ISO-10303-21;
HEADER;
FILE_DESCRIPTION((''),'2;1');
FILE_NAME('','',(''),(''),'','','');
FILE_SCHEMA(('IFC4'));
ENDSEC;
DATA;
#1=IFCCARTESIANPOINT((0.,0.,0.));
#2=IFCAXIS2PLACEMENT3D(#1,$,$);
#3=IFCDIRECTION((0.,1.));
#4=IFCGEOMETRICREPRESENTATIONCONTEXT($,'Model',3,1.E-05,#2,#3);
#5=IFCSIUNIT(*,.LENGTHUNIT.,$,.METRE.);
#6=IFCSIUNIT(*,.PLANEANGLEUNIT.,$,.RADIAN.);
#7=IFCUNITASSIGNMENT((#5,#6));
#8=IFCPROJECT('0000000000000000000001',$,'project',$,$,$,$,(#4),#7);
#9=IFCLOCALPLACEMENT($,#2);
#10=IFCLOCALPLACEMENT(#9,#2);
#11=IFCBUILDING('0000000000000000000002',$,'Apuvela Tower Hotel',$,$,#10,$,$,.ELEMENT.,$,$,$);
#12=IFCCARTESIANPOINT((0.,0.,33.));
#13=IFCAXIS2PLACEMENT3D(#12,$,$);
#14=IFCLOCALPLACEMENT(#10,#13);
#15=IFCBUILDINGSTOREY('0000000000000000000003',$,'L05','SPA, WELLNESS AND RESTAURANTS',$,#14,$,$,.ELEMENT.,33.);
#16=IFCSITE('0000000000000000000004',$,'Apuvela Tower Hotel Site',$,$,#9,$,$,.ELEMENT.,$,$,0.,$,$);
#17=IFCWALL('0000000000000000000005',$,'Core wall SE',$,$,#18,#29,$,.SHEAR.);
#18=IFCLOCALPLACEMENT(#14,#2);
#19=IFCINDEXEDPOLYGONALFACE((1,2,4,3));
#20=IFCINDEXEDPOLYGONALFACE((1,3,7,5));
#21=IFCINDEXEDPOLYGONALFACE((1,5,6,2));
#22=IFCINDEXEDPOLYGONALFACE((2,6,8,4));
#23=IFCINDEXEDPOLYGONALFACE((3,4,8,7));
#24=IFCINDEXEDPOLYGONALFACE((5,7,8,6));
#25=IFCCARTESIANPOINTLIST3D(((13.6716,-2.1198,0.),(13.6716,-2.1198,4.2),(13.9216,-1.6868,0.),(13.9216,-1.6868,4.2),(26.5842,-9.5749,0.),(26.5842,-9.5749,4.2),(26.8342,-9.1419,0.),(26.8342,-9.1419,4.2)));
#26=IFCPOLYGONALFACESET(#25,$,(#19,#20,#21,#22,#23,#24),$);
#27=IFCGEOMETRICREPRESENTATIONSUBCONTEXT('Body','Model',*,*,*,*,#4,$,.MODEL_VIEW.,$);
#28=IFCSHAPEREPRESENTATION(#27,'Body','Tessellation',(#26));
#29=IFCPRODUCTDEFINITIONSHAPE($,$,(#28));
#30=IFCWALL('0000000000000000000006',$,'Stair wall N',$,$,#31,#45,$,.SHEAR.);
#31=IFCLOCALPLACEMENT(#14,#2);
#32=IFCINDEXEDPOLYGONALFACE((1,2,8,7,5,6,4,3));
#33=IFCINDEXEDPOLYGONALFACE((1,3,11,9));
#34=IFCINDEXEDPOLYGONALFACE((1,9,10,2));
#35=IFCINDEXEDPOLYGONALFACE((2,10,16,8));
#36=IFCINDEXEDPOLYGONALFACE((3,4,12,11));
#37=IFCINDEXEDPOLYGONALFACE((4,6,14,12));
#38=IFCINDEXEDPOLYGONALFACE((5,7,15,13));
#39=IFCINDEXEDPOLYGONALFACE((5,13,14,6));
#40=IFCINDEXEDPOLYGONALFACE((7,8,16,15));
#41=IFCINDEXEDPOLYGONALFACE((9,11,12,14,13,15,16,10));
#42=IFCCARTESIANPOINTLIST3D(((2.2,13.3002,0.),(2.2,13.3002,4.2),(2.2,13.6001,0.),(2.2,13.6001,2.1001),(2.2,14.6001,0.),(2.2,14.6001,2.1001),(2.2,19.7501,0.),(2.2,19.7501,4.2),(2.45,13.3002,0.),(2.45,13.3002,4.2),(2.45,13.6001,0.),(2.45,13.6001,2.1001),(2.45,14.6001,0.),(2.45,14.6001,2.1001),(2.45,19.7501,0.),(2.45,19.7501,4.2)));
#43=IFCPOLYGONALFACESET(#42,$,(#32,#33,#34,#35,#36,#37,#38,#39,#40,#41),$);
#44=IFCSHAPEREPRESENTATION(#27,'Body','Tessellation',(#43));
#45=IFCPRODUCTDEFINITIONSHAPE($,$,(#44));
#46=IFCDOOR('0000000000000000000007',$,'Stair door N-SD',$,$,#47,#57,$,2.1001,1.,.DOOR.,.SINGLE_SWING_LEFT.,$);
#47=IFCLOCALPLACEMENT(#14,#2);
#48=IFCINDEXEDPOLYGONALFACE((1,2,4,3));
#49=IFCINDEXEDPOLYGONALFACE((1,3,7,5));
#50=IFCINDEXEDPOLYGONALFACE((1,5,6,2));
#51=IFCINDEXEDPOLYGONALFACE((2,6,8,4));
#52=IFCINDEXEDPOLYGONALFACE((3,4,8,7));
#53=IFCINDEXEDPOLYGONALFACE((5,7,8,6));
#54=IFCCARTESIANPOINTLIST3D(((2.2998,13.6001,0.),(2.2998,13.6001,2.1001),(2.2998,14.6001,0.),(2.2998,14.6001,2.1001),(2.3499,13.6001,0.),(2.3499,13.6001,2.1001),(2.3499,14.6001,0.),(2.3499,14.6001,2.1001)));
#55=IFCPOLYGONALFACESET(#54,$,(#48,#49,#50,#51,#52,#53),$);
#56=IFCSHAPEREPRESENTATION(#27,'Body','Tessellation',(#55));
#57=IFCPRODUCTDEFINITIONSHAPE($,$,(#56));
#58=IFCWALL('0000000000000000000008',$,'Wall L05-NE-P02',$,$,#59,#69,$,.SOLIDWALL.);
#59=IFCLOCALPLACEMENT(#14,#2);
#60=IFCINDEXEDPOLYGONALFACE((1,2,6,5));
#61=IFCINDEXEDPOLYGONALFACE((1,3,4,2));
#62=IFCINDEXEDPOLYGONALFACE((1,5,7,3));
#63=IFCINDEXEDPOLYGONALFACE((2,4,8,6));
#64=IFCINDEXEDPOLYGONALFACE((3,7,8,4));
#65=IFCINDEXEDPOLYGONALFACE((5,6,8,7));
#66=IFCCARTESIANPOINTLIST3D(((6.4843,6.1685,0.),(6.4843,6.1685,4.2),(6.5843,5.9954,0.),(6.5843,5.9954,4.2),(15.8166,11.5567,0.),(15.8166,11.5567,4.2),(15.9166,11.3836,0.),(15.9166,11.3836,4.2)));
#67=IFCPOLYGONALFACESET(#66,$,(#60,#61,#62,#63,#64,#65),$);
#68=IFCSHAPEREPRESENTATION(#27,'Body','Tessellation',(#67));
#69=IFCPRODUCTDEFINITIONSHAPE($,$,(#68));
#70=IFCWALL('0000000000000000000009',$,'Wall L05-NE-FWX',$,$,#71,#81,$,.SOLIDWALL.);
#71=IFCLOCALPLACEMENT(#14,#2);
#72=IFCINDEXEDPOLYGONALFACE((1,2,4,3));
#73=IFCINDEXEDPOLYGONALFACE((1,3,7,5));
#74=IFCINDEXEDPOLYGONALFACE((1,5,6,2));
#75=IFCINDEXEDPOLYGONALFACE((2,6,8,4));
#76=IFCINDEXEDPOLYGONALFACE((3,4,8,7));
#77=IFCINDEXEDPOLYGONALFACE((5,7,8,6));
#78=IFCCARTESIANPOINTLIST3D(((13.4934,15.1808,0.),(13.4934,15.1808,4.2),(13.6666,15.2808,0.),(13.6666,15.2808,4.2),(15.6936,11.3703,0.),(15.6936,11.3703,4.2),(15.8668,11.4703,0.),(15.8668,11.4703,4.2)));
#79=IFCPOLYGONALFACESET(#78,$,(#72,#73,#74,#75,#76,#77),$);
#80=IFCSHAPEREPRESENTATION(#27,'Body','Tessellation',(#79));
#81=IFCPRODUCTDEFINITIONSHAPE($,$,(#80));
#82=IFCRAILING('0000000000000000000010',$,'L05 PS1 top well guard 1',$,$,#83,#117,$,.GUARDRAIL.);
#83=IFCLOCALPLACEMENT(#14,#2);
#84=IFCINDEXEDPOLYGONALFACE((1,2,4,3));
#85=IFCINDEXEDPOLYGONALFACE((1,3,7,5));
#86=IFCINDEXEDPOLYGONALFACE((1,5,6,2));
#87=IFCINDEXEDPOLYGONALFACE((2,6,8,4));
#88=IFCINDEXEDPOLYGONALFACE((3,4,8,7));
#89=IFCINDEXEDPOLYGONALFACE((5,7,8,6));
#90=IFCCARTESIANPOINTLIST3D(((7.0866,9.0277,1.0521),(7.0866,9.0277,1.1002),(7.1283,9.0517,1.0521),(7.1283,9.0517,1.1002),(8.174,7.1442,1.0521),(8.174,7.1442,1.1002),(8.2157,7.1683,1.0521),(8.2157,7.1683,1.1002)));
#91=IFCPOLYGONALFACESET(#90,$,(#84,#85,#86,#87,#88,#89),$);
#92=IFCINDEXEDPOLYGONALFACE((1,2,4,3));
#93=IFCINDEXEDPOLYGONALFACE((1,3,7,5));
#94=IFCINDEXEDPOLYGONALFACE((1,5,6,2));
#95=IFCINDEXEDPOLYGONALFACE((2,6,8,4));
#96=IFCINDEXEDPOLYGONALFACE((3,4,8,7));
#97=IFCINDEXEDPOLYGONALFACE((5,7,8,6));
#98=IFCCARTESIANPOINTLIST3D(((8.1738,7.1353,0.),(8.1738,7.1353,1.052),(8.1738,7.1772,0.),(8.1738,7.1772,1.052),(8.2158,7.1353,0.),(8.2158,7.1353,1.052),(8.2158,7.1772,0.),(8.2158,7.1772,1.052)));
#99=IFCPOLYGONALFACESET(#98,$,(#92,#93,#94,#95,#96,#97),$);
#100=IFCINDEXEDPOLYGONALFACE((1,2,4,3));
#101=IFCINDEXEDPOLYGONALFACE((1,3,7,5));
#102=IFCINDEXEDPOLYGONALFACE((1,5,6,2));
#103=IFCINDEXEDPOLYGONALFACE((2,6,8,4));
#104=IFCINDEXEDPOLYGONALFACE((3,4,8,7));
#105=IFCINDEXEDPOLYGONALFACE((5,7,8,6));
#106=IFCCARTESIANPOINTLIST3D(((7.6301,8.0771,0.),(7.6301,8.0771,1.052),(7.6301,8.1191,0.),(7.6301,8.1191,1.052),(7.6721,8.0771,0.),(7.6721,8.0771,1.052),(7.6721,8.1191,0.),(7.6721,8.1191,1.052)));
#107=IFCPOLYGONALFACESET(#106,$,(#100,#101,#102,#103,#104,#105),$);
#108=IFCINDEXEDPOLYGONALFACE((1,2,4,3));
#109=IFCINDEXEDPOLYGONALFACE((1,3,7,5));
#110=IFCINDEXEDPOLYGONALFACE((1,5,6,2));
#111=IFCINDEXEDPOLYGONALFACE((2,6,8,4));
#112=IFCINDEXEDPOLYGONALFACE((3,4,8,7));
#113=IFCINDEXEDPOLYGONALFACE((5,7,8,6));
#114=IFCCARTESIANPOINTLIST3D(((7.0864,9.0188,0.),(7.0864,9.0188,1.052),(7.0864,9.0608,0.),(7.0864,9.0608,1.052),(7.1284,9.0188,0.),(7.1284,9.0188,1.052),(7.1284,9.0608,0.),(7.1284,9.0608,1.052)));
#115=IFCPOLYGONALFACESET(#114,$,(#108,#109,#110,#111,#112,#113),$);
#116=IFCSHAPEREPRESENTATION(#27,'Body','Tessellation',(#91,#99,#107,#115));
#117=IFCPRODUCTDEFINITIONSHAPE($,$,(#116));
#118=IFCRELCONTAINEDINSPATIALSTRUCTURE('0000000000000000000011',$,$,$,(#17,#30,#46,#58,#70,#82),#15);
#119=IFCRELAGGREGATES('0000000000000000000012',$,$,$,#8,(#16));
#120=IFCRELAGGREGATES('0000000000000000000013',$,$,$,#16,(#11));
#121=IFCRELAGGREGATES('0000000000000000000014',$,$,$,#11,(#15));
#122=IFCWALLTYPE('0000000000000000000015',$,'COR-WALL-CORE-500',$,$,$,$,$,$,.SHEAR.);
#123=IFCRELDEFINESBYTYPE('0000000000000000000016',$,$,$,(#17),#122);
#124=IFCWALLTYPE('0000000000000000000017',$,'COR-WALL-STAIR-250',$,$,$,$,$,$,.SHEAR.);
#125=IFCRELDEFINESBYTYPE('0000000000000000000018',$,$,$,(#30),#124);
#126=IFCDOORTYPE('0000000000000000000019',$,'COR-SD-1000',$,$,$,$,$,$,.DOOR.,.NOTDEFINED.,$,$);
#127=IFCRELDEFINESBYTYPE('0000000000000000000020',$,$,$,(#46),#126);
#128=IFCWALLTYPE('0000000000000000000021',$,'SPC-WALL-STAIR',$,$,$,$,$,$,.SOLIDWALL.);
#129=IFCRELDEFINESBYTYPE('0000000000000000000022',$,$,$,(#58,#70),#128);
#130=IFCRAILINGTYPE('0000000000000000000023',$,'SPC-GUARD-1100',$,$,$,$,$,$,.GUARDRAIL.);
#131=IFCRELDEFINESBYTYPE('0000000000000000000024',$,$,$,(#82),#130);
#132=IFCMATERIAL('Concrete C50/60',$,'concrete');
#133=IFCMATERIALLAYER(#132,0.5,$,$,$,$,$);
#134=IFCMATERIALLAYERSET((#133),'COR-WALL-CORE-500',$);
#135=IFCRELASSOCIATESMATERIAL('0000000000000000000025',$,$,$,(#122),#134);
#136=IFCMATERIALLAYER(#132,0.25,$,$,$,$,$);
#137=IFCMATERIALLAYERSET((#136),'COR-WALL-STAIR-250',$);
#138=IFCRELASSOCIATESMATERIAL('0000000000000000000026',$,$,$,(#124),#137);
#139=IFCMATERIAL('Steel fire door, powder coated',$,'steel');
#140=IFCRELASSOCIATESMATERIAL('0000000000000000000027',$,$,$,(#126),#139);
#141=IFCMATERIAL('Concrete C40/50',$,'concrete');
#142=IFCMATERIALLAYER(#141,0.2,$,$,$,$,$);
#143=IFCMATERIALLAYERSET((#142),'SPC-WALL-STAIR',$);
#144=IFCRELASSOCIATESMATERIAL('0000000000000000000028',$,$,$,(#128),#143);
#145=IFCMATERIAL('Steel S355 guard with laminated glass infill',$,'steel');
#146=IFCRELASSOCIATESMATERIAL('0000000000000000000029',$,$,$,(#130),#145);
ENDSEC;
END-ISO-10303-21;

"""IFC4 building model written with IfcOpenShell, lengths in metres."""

from ifc_helpers import new_model, si_unit, direction, frame, frame_2d, origin, origin_2d, place, context, subcontext, project, spatial, rectangle, extrude, material, layer, layer_set, type_object, element, fill, save


model = new_model("IFC4")

# Units and contexts
model_context = context("Model", 3, precision=1e-05, world=origin(), true_north=direction((0.0, 1.0)))
body_context = subcontext(model_context, "Body", "Model", "MODEL_VIEW")
ifc_project = project(units=[si_unit("LENGTHUNIT", "METRE"), si_unit("PLANEANGLEUNIT", "RADIAN")], contexts=[model_context])

# Site, building, storey
site_placement = place(None, origin())
site = spatial("IfcSite", under=ifc_project, at=site_placement, Name="Apuvela Tower Hotel Site", CompositionType="ELEMENT", RefElevation=0.0)
building_placement = place(site_placement, origin())
building = spatial("IfcBuilding", under=site, at=building_placement, Name="Apuvela Tower Hotel", CompositionType="ELEMENT")
storey_placement = place(building_placement, frame((0.0, 0.0, 33.0)))
storey = spatial("IfcBuildingStorey", under=building, at=storey_placement, Name="L05", Description="SPA, WELLNESS AND RESTAURANTS", CompositionType="ELEMENT", Elevation=33.0)

# Shared definitions
ifc_material_1 = material(Name="Concrete C50/60", Category="concrete")

# Shared definitions
ifc_material_2 = material(Name="Steel fire door, powder coated", Category="steel")

# Wall
ifc_layer_1 = layer(ifc_material_1, 0.5)
ifc_layer_set_1 = layer_set([ifc_layer_1], Name="COR-WALL-CORE-500")
wall_type_1 = type_object("IfcWallType", Name="COR-WALL-CORE-500", PredefinedType="SHEAR", material=ifc_layer_set_1)
wall_1_placement = place(storey_placement, frame((13.7966, -1.9033, 0.0), z_axis=(0.0, 0.0, 1.0), x_axis=(0.866026, -0.499999, 0.0)))
element("IfcWall", 1, at=wall_1_placement, inside=storey, type_object=wall_type_1, Name="Core wall SE", PredefinedType="SHEAR", context=body_context, shape_type="SweptSolid", body=[
    extrude(rectangle(XDim=14.9102, YDim=0.5, at=frame_2d((7.4551, 0.0))), origin(), (0.0, 0.0, 1.0), 4.2),
])

# Wall, opening, door
ifc_layer_2 = layer(ifc_material_1, 0.25)
ifc_layer_set_2 = layer_set([ifc_layer_2], Name="COR-WALL-STAIR-250")
wall_type_2 = type_object("IfcWallType", Name="COR-WALL-STAIR-250", PredefinedType="SHEAR", material=ifc_layer_set_2)
wall_2_placement = place(storey_placement, frame((2.325, 13.3, 0.0), z_axis=(0.0, 0.0, 1.0), x_axis=(0.0, 1.0, 0.0)))
wall_2 = element("IfcWall", 2, at=wall_2_placement, inside=storey, type_object=wall_type_2, Name="Stair wall N", PredefinedType="SHEAR", context=body_context, shape_type="SweptSolid", body=[
    extrude(rectangle(XDim=6.45, YDim=0.25, at=frame_2d((3.2251, 0.0))), origin(), (0.0, 0.0, 1.0), 4.2),
])
opening_1_placement = place(wall_2_placement, frame((0.3, 0.0, 0.0)))
opening_1 = element("IfcOpeningElement", 3, at=opening_1_placement, cuts=wall_2, PredefinedType="OPENING", context=body_context, shape_type="SweptSolid", body=[
    extrude(rectangle(XDim=1.0, YDim=2.1001, at=frame_2d((0.5, 1.05))), frame((0.0, 0.135, 0.0), z_axis=(0.0, -1.0, 0.0), x_axis=(1.0, 0.0, 0.0)), (0.0, 0.0, 1.0), 0.27),
])
door_type_1 = type_object("IfcDoorType", Name="COR-SD-1000", OperationType="NOTDEFINED", PredefinedType="DOOR", material=ifc_material_2)
door_1_placement = place(opening_1_placement, frame((1.0, 0.0, 0.0), z_axis=(0.0, 0.0, 1.0), x_axis=(-1.0, 0.0, 0.0)))
door_1 = element("IfcDoor", 4, at=door_1_placement, inside=storey, type_object=door_type_1, Name="Stair door N-SD", OperationType="SINGLE_SWING_LEFT", OverallHeight=2.1001, OverallWidth=1.0, PredefinedType="DOOR", context=body_context, shape_type="SweptSolid", body=[
    extrude(rectangle(XDim=1.0, YDim=2.1001, at=frame_2d((0.5, 1.05))), frame((0.0, 0.0249, 0.0), z_axis=(0.0, -1.0, 0.0), x_axis=(1.0, 0.0, 0.0)), (0.0, 0.0, 1.0), 0.05),
])
fill(opening_1, door_1)

# Walls
ifc_material_3 = material(Name="Concrete C40/50", Category="concrete")
ifc_layer_3 = layer(ifc_material_3, 0.2)
ifc_layer_set_3 = layer_set([ifc_layer_3], Name="SPC-WALL-STAIR")
wall_type_3 = type_object("IfcWallType", Name="SPC-WALL-STAIR", PredefinedType="SOLIDWALL", material=ifc_layer_set_3)
wall_3_placement = place(storey_placement, frame((15.8667, 11.4702, 0.0), z_axis=(0.0, 0.0, 1.0), x_axis=(-0.866018, -0.500013, 0.0)))
element("IfcWall", 5, at=wall_3_placement, inside=storey, type_object=wall_type_3, Name="Wall L05-NE-P02", PredefinedType="SOLIDWALL", context=body_context, shape_type="SweptSolid", body=[
    extrude(rectangle(XDim=10.7761, YDim=0.2, at=frame_2d((5.3882, 0.0))), origin(), (0.0, 0.0, 1.0), 4.2),
])
wall_4_placement = place(storey_placement, frame((15.7803, 11.4202, 0.0), z_axis=(0.0, 0.0, 1.0), x_axis=(-0.50003, 0.866008, 0.0)))
element("IfcWall", 6, at=wall_4_placement, inside=storey, type_object=wall_type_3, Name="Wall L05-NE-FWX", PredefinedType="SOLIDWALL", context=body_context, shape_type="SweptSolid", body=[
    extrude(rectangle(XDim=4.4001, YDim=0.2, at=frame_2d((2.2002, 0.0))), origin(), (0.0, 0.0, 1.0), 4.2),
])

# Railing
ifc_material_4 = material(Name="Steel S355 guard with laminated glass infill", Category="steel")
railing_type = type_object("IfcRailingType", Name="SPC-GUARD-1100", PredefinedType="GUARDRAIL", material=ifc_material_4)
railing_placement = place(storey_placement, frame((8.1948, 7.1562, 0.0)))
element("IfcRailing", 7, at=railing_placement, inside=storey, type_object=railing_type, Name="L05 PS1 top well guard 1", PredefinedType="GUARDRAIL", context=body_context, shape_type="SweptSolid", body=[
    extrude(rectangle(XDim=0.0481, YDim=0.0481, at=origin_2d()), frame((0.0, 0.0, 1.0762), z_axis=(-0.499978, 0.866038, 0.0), x_axis=(-0.866038, -0.499978, 0.0)), (0.0, 0.0, 1.0), 2.1748),
    extrude(rectangle(XDim=0.042, YDim=0.042, at=origin_2d()), origin(), (0.0, 0.0, 1.0), 1.052),
    extrude(rectangle(XDim=0.042, YDim=0.042, at=origin_2d()), frame((-0.5437, 0.9419, 0.0)), (0.0, 0.0, 1.0), 1.052),
    extrude(rectangle(XDim=0.042, YDim=0.042, at=origin_2d()), frame((-1.0874, 1.8835, 0.0)), (0.0, 0.0, 1.0), 1.052),
])

save(model, "model.ifc")
